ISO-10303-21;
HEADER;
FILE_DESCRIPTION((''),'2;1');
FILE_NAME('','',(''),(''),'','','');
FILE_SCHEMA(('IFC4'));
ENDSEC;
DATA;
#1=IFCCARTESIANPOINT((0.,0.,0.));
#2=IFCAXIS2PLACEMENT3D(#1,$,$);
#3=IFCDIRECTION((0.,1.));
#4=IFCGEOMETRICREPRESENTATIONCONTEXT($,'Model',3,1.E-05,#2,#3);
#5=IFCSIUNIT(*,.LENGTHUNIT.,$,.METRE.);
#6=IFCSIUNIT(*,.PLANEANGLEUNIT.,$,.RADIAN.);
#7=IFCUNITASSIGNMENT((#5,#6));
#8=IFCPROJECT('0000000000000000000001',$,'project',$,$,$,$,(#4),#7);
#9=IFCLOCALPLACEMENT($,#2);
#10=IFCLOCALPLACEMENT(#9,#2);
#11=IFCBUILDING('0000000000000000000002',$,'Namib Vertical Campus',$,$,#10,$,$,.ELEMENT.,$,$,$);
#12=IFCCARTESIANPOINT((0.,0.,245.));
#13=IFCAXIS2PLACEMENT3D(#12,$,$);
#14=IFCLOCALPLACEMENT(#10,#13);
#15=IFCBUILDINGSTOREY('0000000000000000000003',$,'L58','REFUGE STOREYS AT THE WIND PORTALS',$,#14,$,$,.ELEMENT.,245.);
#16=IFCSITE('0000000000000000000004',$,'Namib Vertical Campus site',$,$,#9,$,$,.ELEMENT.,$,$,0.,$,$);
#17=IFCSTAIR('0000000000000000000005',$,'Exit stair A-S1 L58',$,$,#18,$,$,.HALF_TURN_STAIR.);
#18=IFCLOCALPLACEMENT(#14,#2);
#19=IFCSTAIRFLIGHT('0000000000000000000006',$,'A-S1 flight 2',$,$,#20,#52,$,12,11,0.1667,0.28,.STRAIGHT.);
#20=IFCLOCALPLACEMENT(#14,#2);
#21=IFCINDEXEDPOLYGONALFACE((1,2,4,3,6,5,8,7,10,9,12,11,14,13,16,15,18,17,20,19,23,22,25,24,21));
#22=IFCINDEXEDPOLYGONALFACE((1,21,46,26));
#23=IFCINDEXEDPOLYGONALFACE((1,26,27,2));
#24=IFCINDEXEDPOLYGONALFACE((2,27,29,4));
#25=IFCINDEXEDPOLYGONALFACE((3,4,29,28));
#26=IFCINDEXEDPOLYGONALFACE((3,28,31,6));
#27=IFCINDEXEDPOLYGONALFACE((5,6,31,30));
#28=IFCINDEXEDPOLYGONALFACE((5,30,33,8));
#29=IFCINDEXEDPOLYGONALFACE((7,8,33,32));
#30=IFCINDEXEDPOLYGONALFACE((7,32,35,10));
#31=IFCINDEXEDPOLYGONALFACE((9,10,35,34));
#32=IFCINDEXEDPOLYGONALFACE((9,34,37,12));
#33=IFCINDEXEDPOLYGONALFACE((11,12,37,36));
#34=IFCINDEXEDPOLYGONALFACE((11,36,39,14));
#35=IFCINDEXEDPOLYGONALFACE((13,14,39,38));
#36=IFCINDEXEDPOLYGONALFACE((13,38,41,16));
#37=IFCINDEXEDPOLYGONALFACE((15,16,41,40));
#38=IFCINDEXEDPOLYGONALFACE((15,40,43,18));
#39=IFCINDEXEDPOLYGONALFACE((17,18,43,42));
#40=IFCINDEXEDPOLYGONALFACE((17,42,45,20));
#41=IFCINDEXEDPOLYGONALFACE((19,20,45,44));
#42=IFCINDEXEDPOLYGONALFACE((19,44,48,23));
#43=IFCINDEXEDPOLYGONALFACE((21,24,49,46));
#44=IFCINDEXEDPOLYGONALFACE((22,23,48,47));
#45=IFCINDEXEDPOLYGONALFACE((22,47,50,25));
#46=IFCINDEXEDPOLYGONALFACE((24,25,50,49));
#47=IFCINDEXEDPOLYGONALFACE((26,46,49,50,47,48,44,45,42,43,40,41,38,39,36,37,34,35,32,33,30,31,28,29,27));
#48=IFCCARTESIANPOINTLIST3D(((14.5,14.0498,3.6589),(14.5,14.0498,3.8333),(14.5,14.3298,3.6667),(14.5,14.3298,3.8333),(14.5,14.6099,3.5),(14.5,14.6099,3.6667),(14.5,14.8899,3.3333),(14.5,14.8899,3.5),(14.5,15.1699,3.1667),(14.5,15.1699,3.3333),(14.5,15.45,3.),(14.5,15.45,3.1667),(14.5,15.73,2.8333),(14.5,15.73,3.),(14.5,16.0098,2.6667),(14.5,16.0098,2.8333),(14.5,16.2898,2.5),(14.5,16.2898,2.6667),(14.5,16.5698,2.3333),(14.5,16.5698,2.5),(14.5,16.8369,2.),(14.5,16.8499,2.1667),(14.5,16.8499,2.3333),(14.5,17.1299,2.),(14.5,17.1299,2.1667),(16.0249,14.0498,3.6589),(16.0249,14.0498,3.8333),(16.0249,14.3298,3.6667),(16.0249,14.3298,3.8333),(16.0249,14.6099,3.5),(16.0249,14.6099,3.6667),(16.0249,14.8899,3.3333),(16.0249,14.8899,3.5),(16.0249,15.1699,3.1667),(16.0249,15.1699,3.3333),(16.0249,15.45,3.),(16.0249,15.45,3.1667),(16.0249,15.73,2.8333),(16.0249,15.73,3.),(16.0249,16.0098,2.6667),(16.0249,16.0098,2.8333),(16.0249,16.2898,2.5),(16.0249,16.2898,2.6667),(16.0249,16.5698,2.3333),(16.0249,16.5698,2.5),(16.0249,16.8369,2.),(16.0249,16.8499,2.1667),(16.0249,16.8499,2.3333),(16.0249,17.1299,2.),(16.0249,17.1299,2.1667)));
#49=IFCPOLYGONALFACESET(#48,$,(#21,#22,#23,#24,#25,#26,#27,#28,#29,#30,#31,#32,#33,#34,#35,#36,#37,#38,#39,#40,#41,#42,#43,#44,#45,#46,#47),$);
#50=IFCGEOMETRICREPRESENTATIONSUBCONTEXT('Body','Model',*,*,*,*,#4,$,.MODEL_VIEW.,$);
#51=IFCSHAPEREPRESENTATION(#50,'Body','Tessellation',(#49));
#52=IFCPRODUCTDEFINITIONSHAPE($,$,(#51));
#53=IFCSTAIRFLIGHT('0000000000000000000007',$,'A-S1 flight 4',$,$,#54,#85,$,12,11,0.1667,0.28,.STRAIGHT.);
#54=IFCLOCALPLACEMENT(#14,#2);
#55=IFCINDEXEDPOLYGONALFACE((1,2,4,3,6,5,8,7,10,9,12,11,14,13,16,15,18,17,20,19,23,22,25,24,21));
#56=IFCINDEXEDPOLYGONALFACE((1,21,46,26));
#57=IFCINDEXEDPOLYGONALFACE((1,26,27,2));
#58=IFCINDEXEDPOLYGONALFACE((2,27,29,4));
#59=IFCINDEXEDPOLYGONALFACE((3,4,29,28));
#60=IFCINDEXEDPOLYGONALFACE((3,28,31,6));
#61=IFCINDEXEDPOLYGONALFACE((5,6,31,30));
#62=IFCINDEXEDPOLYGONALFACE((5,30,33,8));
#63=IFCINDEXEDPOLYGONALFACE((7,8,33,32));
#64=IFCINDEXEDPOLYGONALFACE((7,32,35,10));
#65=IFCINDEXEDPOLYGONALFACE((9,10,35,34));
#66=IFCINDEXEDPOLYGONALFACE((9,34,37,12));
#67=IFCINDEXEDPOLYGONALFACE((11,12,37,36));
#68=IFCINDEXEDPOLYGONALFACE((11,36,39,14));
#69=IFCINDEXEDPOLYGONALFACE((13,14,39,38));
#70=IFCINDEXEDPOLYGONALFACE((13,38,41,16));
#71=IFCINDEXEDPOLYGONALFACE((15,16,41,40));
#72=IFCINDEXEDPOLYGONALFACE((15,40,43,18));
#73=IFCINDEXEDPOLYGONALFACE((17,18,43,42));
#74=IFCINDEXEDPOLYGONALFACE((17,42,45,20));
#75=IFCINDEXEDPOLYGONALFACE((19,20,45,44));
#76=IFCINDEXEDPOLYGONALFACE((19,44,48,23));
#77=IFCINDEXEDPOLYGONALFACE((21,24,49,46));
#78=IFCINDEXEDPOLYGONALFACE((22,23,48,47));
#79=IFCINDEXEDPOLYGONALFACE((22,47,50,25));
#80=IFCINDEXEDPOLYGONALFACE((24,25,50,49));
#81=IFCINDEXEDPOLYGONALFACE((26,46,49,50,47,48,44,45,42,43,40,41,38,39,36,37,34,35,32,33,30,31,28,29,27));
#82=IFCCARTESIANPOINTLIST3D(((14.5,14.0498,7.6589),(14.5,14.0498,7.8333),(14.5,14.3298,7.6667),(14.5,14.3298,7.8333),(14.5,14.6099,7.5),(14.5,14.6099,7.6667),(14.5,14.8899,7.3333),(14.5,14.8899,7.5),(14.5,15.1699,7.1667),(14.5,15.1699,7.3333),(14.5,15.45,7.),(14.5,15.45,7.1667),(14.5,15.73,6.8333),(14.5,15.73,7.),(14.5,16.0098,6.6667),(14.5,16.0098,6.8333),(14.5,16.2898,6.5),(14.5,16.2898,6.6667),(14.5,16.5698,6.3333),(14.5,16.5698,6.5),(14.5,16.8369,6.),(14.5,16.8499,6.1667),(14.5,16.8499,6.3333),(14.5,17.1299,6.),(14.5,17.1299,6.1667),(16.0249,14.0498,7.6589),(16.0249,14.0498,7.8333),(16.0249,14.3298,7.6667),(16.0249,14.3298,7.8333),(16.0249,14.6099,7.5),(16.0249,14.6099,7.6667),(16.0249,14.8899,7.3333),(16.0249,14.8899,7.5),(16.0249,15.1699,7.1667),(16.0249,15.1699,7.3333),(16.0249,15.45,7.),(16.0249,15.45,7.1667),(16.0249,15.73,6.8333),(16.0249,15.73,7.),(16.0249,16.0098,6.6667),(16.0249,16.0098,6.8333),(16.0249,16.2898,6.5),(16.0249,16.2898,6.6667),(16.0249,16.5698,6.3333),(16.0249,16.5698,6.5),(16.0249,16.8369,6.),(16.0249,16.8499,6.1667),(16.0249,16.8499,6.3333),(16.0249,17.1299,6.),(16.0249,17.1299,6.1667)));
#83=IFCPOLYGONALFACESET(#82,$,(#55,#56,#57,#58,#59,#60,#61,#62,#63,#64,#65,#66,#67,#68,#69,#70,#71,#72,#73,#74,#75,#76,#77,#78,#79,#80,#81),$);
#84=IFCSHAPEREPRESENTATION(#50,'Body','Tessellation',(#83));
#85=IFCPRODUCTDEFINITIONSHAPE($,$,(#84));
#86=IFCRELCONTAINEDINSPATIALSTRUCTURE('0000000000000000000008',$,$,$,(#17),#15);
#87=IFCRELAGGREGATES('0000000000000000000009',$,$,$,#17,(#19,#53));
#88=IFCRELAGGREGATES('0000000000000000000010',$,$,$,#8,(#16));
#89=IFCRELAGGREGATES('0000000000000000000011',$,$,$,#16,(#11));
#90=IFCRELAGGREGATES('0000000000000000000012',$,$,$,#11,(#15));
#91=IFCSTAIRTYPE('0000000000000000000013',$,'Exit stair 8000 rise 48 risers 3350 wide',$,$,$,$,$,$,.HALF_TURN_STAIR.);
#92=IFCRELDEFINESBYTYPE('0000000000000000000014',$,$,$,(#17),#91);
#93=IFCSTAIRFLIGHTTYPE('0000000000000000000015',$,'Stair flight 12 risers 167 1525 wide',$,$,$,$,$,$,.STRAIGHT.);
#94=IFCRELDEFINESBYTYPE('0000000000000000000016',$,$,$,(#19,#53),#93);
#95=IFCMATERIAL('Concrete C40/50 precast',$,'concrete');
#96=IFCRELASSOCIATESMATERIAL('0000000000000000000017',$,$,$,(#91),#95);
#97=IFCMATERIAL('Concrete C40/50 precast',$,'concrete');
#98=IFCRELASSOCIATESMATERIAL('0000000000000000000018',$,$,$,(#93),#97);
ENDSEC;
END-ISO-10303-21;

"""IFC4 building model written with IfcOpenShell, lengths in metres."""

from ifc_helpers import new_model, si_unit, direction, frame, origin, place, context, subcontext, project, spatial, polyline, outline, extrude, material, type_object, element, aggregate, save


model = new_model("IFC4")

# Units and contexts
model_context = context("Model", 3, precision=1e-05, world=origin(), true_north=direction((0.0, 1.0)))
body_context = subcontext(model_context, "Body", "Model", "MODEL_VIEW")
ifc_project = project(units=[si_unit("LENGTHUNIT", "METRE"), si_unit("PLANEANGLEUNIT", "RADIAN")], contexts=[model_context])

# Site, building, storey
site_placement = place(None, origin())
site = spatial("IfcSite", under=ifc_project, at=site_placement, Name="Namib Vertical Campus site", CompositionType="ELEMENT", RefElevation=0.0)
building_placement = place(site_placement, origin())
building = spatial("IfcBuilding", under=site, at=building_placement, Name="Namib Vertical Campus", CompositionType="ELEMENT")
storey_placement = place(building_placement, frame((0.0, 0.0, 245.0)))
storey = spatial("IfcBuildingStorey", under=building, at=storey_placement, Name="L58", Description="REFUGE STOREYS AT THE WIND PORTALS", CompositionType="ELEMENT", Elevation=245.0)

# Stair, stair flights
ifc_material_1 = material(Name="Concrete C40/50 precast", Category="concrete")
stair_type = type_object("IfcStairType", Name="Exit stair 8000 rise 48 risers 3350 wide", PredefinedType="HALF_TURN_STAIR", material=ifc_material_1)
stair_placement = place(storey_placement, origin())
stair = element("IfcStair", 1, at=stair_placement, inside=storey, type_object=stair_type, Name="Exit stair A-S1 L58", PredefinedType="HALF_TURN_STAIR")
ifc_material_2 = material(Name="Concrete C40/50 precast", Category="concrete")
stair_flight_type = type_object("IfcStairFlightType", Name="Stair flight 12 risers 167 1525 wide", PredefinedType="STRAIGHT", material=ifc_material_2)
stair_flight_1_placement = place(storey_placement, frame((15.2625, 17.1299, 2.0), z_axis=(0.0, 0.0, 1.0), x_axis=(0.0, -1.0, 0.0)))
stair_flight_1 = element("IfcStairFlight", 2, at=stair_flight_1_placement, type_object=stair_flight_type, Name="A-S1 flight 2", NumberOfRisers=12, NumberOfTreads=11, PredefinedType="STRAIGHT", RiserHeight=0.1667, TreadLength=0.28, context=body_context, shape_type="SweptSolid", body=[
    extrude(outline(polyline([(0.0, 0.0), (0.0, 0.1667), (0.28, 0.1667), (0.28, 0.3333), (0.5601, 0.3333), (0.5601, 0.5), (0.8401, 0.5), (0.8401, 0.6667), (1.1201, 0.6667), (1.1201, 0.8333), (1.3999, 0.8333), (1.3999, 1.0), (1.6799, 1.0), (1.6799, 1.1667), (1.96, 1.1667), (1.96, 1.3333), (2.24, 1.3333), (2.24, 1.5), (2.52, 1.5), (2.52, 1.6667), (2.8, 1.6667), (2.8, 1.8333), (3.0801, 1.8333), (3.0801, 2.0), (3.0801, 1.6589), (0.293, 0.0), (0.0, 0.0)])), frame((0.0, 0.7625, 0.0), z_axis=(0.0, -1.0, 0.0), x_axis=(1.0, 0.0, 0.0)), (0.0, 0.0, 1.0), 1.5249),
])
stair_flight_2_placement = place(storey_placement, frame((15.2625, 17.1299, 6.0), z_axis=(0.0, 0.0, 1.0), x_axis=(0.0, -1.0, 0.0)))
stair_flight_2 = element("IfcStairFlight", 3, at=stair_flight_2_placement, type_object=stair_flight_type, Name="A-S1 flight 4", NumberOfRisers=12, NumberOfTreads=11, PredefinedType="STRAIGHT", RiserHeight=0.1667, TreadLength=0.28, context=body_context, shape_type="SweptSolid", body=[
    extrude(outline(polyline([(0.0, 0.0), (0.0, 0.1667), (0.28, 0.1667), (0.28, 0.3333), (0.5601, 0.3333), (0.5601, 0.5), (0.8401, 0.5), (0.8401, 0.6667), (1.1201, 0.6667), (1.1201, 0.8333), (1.3999, 0.8333), (1.3999, 1.0), (1.6799, 1.0), (1.6799, 1.1667), (1.96, 1.1667), (1.96, 1.3333), (2.24, 1.3333), (2.24, 1.5), (2.52, 1.5), (2.52, 1.6667), (2.8, 1.6667), (2.8, 1.8333), (3.0801, 1.8333), (3.0801, 2.0), (3.0801, 1.6589), (0.293, 0.0), (0.0, 0.0)])), frame((0.0, 0.7625, 0.0), z_axis=(0.0, -1.0, 0.0), x_axis=(1.0, 0.0, 0.0)), (0.0, 0.0, 1.0), 1.5249),
])
aggregate(stair, [stair_flight_1, stair_flight_2])

save(model, "model.ifc")
